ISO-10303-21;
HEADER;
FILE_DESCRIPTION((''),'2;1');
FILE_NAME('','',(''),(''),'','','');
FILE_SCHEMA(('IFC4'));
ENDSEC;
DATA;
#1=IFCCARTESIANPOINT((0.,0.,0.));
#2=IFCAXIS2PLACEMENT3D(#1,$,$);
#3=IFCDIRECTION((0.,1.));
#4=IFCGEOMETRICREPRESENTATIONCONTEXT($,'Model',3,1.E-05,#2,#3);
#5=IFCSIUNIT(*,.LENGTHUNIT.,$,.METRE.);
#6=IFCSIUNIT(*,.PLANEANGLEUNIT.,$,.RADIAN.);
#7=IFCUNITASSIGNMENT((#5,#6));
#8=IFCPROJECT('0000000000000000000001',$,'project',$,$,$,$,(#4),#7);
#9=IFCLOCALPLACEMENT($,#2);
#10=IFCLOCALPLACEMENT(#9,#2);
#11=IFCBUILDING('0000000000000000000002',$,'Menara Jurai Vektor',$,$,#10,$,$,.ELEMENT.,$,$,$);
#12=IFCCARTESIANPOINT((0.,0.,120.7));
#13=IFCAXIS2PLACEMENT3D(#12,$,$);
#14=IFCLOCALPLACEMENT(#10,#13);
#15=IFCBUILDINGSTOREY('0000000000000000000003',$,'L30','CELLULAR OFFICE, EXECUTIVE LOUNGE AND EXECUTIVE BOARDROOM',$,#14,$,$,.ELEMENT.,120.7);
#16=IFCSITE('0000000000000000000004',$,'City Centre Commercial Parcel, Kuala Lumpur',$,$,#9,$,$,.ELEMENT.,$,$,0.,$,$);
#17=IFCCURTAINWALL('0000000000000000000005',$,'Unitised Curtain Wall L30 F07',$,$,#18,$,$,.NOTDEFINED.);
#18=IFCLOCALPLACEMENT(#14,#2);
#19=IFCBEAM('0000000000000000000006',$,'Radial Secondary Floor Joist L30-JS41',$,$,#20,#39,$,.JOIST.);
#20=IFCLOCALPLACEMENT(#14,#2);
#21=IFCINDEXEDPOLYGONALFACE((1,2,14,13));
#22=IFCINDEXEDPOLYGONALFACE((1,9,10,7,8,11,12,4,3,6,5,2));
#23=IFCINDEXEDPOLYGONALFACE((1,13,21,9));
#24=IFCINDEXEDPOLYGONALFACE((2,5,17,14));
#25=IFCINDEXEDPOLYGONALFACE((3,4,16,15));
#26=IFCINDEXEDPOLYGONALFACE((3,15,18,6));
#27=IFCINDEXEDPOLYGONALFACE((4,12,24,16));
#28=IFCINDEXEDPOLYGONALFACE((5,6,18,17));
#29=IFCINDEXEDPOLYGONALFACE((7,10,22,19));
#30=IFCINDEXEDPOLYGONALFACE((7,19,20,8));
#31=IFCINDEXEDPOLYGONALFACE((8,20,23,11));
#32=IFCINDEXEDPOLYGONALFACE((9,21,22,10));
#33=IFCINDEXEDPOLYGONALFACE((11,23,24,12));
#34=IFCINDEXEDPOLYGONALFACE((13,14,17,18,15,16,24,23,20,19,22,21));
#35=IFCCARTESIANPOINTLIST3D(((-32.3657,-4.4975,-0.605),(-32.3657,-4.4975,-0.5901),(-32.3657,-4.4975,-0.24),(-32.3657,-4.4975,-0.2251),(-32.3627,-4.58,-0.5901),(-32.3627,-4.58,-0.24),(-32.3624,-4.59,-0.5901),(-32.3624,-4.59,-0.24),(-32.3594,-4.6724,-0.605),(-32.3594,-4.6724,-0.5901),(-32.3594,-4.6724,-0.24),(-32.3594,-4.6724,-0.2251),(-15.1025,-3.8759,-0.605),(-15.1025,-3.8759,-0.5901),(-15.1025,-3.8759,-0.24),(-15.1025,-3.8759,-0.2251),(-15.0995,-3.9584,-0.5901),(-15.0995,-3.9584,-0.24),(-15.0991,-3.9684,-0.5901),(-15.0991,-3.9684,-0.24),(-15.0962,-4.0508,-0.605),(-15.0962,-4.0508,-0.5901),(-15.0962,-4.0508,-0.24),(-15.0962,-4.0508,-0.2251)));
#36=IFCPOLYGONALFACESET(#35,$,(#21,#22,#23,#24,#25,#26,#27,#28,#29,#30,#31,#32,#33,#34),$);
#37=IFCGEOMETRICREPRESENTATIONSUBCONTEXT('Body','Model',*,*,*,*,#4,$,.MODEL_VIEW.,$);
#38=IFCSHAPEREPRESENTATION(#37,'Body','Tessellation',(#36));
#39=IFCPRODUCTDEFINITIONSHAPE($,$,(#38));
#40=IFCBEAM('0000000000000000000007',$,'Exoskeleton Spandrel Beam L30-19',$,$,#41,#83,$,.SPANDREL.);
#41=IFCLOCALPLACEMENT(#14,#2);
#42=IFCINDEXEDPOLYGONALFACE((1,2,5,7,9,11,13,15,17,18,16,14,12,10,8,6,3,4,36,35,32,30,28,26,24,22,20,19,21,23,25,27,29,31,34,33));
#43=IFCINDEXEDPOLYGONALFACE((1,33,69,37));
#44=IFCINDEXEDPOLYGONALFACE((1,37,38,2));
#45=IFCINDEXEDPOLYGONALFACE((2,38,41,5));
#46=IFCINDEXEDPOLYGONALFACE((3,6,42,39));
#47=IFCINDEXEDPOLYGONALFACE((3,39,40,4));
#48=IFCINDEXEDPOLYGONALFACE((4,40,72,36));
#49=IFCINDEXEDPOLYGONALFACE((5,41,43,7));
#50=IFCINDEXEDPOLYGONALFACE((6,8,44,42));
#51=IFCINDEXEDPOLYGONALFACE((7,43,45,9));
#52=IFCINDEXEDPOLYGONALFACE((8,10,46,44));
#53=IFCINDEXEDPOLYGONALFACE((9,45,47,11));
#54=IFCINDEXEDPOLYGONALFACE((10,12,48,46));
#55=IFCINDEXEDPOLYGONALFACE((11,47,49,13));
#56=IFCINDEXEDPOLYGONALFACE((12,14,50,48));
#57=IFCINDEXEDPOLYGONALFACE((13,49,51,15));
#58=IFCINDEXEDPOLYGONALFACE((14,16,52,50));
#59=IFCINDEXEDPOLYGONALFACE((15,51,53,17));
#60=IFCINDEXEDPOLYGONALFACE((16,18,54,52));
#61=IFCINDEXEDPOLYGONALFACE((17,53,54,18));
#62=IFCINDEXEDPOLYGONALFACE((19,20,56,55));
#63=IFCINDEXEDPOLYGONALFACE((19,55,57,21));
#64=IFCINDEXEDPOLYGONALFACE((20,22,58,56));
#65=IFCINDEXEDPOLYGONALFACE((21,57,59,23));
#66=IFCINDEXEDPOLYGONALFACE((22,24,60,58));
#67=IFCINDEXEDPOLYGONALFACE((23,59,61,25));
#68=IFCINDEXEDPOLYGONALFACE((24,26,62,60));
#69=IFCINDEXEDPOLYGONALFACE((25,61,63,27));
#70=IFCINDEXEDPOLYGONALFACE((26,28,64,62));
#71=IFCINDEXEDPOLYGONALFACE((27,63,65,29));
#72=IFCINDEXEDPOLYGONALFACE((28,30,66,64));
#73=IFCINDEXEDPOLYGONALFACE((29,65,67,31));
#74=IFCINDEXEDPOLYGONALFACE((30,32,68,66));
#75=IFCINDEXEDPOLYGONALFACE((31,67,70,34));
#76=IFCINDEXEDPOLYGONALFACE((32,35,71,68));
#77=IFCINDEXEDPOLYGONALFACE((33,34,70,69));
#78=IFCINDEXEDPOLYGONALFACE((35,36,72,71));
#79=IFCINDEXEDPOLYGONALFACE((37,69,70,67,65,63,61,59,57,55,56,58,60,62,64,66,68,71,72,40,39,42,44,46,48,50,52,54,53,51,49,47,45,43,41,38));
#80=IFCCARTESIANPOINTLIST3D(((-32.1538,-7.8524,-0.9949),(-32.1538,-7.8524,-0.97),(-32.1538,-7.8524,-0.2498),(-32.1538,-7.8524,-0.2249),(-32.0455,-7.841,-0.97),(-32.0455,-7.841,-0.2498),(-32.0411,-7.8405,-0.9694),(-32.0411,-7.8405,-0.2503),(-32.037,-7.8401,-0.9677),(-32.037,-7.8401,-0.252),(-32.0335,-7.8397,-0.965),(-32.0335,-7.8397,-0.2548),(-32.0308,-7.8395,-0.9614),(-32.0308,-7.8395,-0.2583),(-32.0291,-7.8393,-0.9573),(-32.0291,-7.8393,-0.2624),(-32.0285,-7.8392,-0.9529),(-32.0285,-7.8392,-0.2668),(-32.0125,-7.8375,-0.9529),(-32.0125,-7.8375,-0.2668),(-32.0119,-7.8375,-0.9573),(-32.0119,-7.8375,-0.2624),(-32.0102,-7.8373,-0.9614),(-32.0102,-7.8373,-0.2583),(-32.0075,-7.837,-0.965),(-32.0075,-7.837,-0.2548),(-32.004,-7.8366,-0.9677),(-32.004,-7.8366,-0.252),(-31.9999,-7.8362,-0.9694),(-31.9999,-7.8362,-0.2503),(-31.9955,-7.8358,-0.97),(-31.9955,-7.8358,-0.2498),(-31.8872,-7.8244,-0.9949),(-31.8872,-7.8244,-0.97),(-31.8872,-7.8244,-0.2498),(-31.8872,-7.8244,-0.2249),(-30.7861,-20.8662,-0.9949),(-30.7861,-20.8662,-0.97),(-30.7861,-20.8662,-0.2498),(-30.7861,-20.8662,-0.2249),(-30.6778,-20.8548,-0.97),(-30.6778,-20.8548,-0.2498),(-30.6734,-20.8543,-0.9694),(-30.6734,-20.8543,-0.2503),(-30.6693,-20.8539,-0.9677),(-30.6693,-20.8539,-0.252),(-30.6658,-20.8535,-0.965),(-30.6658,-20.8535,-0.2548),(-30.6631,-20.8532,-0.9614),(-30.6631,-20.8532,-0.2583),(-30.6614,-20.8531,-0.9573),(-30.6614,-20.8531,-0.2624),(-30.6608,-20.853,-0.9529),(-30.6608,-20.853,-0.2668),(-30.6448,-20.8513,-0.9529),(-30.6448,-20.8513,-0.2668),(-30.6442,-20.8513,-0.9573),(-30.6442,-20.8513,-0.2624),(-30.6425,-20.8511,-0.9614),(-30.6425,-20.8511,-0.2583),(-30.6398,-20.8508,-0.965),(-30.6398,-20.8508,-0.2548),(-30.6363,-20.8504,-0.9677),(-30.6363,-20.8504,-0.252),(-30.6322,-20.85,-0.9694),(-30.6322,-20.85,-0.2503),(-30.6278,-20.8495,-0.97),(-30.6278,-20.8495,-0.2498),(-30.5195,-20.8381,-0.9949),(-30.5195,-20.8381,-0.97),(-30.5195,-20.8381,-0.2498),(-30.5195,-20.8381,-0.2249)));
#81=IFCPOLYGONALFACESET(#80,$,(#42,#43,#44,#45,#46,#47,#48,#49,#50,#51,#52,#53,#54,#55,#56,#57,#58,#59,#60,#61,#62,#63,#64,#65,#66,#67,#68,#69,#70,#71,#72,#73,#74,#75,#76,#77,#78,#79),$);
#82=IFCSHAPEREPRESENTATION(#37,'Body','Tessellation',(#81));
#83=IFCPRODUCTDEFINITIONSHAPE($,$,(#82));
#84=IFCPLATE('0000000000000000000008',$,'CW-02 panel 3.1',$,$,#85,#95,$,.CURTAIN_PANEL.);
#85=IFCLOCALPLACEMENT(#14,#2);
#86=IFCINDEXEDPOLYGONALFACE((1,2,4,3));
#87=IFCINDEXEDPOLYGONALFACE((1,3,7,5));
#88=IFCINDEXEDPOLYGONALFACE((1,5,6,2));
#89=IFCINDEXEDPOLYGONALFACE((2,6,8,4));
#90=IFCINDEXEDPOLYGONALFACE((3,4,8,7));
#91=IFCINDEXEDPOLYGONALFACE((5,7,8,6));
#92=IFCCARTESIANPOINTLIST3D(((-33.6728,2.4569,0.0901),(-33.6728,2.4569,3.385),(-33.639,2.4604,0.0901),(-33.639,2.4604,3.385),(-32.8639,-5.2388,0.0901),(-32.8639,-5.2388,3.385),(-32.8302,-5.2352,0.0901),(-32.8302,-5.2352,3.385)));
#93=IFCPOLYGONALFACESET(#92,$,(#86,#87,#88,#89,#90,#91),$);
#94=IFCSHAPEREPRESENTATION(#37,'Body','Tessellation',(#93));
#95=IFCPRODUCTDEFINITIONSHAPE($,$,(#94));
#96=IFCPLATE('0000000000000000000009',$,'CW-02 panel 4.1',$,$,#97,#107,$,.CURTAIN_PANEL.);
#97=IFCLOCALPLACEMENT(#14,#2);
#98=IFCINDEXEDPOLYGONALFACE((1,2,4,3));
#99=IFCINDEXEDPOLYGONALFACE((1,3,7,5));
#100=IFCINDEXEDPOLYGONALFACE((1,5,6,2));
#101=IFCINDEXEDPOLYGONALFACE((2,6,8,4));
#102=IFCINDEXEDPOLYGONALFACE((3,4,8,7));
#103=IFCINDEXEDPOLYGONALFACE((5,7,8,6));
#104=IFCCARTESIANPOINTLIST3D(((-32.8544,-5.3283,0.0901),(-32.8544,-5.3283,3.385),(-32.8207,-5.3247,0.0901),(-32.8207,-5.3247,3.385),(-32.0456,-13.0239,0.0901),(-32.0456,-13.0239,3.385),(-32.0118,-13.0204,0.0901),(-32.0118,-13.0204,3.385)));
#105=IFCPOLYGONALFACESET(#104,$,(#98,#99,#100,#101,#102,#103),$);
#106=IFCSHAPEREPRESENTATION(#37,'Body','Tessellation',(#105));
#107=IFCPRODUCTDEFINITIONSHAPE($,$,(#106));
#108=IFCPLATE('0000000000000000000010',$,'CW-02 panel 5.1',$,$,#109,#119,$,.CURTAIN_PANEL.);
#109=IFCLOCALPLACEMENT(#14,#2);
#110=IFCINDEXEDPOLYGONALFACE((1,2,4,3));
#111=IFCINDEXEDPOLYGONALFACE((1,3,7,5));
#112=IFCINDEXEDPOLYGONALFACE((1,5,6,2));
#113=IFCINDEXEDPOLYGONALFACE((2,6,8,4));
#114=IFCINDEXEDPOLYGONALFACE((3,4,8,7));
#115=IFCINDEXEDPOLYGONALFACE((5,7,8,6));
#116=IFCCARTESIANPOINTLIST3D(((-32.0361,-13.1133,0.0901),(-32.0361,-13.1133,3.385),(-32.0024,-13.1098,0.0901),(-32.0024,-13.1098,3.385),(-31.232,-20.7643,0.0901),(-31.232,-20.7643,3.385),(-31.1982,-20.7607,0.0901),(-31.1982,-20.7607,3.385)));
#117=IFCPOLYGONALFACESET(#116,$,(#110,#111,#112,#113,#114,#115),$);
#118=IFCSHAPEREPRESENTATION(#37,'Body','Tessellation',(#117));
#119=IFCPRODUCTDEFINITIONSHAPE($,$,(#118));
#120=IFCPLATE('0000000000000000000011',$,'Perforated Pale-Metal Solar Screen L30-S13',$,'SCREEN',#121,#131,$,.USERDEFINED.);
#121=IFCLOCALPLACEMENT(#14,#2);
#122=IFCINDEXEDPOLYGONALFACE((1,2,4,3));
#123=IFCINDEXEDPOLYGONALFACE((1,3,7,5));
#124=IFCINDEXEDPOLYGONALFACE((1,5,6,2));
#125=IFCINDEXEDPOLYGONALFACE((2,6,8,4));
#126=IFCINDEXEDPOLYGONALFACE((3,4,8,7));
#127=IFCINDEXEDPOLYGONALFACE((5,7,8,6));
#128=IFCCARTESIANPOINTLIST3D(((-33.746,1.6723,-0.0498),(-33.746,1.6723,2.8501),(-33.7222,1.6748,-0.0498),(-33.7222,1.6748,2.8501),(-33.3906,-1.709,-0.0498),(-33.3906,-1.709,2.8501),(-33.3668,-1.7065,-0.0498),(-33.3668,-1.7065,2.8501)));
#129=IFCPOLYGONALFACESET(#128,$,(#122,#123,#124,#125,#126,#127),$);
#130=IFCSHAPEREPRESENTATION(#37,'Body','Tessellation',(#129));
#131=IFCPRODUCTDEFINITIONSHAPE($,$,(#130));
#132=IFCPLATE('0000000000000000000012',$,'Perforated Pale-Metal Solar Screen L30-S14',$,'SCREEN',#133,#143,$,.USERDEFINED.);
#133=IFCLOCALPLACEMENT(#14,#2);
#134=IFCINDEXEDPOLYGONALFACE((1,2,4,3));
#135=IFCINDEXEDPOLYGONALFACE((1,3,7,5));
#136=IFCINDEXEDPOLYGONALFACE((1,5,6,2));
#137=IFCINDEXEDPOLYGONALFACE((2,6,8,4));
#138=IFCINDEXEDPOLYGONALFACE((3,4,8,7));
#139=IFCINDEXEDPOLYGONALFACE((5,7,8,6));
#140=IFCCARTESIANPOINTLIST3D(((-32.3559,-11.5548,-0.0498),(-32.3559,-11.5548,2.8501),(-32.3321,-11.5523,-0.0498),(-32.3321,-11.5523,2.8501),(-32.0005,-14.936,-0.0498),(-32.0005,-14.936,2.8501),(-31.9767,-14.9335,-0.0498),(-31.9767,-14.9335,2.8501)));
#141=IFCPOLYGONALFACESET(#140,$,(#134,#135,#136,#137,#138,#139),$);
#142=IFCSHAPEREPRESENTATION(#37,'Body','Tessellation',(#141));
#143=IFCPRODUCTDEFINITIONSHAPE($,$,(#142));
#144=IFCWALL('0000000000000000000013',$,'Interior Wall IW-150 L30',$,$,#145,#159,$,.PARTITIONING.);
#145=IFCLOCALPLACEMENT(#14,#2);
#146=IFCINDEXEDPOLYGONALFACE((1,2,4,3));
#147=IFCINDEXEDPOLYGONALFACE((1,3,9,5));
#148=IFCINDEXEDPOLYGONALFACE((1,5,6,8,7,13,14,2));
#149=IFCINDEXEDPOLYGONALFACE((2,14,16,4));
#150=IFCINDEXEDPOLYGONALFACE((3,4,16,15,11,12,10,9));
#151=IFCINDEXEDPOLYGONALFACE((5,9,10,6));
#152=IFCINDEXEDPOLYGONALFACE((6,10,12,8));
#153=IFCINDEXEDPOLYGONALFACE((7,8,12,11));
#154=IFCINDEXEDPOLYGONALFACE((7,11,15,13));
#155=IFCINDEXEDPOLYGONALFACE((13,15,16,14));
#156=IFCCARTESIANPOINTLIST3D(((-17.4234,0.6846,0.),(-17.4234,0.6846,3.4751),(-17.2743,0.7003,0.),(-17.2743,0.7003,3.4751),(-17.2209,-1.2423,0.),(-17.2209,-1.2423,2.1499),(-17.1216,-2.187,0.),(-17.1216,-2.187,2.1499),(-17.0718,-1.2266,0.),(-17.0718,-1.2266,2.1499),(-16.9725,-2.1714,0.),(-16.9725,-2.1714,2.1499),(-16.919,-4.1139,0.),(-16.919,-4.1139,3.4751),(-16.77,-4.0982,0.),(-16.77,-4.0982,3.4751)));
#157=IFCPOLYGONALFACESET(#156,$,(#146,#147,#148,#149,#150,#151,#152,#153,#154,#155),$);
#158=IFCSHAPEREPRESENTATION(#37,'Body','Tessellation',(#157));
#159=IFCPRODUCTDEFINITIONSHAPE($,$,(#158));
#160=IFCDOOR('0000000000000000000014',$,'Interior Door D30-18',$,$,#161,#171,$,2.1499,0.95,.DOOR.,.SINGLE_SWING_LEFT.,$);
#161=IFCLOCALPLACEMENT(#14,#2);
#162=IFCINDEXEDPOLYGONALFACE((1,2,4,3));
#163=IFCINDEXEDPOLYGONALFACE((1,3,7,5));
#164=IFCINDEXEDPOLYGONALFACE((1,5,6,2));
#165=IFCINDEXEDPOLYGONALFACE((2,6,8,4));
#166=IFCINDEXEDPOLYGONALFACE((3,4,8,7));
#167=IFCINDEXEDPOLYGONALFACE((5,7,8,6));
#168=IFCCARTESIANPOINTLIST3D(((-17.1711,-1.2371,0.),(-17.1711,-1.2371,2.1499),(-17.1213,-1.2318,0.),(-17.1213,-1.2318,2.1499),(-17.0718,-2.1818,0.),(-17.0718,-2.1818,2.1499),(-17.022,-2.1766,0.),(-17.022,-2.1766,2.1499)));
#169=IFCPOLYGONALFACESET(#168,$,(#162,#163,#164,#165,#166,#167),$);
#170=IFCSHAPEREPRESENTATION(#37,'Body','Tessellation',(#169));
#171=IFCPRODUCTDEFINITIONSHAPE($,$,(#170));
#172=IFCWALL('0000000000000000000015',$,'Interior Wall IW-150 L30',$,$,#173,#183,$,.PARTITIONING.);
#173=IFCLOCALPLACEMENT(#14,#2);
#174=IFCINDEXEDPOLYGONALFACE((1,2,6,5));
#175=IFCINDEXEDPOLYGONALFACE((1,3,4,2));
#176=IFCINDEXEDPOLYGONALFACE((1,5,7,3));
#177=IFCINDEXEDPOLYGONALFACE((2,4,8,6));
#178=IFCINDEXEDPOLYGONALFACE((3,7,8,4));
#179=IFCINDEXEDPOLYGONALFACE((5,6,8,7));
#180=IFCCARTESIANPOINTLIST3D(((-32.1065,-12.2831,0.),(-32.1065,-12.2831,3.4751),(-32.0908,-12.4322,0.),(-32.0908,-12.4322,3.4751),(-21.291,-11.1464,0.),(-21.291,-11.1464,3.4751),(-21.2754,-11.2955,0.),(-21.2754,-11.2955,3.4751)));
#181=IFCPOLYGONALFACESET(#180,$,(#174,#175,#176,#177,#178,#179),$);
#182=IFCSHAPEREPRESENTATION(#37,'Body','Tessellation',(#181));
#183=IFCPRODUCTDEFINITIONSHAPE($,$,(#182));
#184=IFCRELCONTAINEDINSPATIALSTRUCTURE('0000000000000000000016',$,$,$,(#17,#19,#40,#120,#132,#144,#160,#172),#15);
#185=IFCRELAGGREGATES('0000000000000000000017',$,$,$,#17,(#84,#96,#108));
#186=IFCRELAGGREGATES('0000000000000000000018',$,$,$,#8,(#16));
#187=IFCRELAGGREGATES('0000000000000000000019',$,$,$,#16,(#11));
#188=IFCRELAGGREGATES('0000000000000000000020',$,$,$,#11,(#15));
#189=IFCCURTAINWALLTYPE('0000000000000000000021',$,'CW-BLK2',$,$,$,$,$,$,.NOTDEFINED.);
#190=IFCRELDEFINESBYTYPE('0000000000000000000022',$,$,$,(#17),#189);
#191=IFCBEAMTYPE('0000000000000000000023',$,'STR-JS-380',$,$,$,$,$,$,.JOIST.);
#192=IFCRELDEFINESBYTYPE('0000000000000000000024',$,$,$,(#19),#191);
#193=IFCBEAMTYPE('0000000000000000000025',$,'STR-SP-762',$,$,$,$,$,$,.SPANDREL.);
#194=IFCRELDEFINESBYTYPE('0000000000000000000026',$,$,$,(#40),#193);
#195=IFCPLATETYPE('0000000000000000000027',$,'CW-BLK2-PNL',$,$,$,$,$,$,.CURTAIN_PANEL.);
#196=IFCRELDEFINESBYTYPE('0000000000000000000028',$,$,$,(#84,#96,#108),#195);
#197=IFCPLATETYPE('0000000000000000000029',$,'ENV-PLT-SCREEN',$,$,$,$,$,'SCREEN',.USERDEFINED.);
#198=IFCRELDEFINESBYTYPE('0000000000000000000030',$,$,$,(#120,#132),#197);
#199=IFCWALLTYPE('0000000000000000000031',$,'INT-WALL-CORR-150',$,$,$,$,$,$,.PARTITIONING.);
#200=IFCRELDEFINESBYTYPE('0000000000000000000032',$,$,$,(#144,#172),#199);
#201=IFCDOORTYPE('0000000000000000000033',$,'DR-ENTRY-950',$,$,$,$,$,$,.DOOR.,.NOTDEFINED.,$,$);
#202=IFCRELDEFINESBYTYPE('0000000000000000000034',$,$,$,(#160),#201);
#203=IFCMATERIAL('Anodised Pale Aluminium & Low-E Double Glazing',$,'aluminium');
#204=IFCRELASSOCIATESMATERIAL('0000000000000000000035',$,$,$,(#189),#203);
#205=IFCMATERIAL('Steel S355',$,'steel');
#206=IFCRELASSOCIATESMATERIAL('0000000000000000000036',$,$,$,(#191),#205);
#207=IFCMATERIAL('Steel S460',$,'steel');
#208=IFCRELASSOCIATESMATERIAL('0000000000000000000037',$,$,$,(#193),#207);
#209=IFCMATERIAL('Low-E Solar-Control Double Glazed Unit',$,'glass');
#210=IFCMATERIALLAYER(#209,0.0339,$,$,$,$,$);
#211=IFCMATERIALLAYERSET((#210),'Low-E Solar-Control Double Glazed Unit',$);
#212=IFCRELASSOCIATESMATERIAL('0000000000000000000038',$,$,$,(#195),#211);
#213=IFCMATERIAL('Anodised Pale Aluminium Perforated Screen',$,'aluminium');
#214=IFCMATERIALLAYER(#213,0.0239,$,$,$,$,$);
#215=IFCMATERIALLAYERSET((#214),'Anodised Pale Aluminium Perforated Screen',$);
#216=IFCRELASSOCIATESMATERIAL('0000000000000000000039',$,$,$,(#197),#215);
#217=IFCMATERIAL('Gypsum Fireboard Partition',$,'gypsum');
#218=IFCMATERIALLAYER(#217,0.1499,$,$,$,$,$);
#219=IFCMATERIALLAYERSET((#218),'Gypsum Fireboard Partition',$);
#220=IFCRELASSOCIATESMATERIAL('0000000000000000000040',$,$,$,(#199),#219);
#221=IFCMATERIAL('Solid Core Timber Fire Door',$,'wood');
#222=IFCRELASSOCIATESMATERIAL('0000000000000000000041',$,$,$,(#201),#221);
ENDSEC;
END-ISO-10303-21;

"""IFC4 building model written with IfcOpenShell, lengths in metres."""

from ifc_helpers import new_model, si_unit, direction, frame, frame_2d, origin, origin_2d, place, context, subcontext, project, spatial, rectangle, i_section, extrude, material, layer, layer_set, material_profile, profile_set, type_object, element, fill, aggregate, save


model = new_model("IFC4")

# Units and contexts
model_context = context("Model", 3, precision=1e-05, world=origin(), true_north=direction((0.0, 1.0)))
body_context = subcontext(model_context, "Body", "Model", "MODEL_VIEW")
ifc_project = project(units=[si_unit("LENGTHUNIT", "METRE"), si_unit("PLANEANGLEUNIT", "RADIAN")], contexts=[model_context])

# Site, building, storey
site_placement = place(None, origin())
site = spatial("IfcSite", under=ifc_project, at=site_placement, Name="City Centre Commercial Parcel, Kuala Lumpur", CompositionType="ELEMENT", RefElevation=0.0)
building_placement = place(site_placement, origin())
building = spatial("IfcBuilding", under=site, at=building_placement, Name="Menara Jurai Vektor", CompositionType="ELEMENT")
storey_placement = place(building_placement, frame((0.0, 0.0, 120.7)))
storey = spatial("IfcBuildingStorey", under=building, at=storey_placement, Name="L30", Description="CELLULAR OFFICE, EXECUTIVE LOUNGE AND EXECUTIVE BOARDROOM", CompositionType="ELEMENT", Elevation=120.7)

# Shared definitions
ifc_material_1 = material(Name="Steel S460", Category="steel")

# Curtain wall
ifc_material_2 = material(Name="Anodised Pale Aluminium & Low-E Double Glazing", Category="aluminium")
curtain_wall_type = type_object("IfcCurtainWallType", Name="CW-BLK2", PredefinedType="NOTDEFINED", material=ifc_material_2)
curtain_wall_placement = place(storey_placement, origin())
curtain_wall = element("IfcCurtainWall", 1, at=curtain_wall_placement, inside=storey, type_object=curtain_wall_type, Name="Unitised Curtain Wall L30 F07", PredefinedType="NOTDEFINED")

# Beams
ifc_material_3 = material(Name="Steel S355", Category="steel")
ifc_material_profile_1 = material_profile(ifc_material_3, i_section(OverallWidth=0.175, OverallDepth=0.3799, WebThickness=0.01, FlangeThickness=0.0149, at=origin_2d()), Name="PG 380x175x58")
ifc_profile_set_1 = profile_set([ifc_material_profile_1], Name="Steel S355")
beam_type_1 = type_object("IfcBeamType", Name="STR-JS-380", PredefinedType="JOIST", material=ifc_profile_set_1)
beam_1_placement = place(storey_placement, frame((-32.3625, -4.585, -0.415), z_axis=(0.999352, 0.035983, 0.0), x_axis=(-0.035983, 0.999352, 0.0)))
element("IfcBeam", 2, at=beam_1_placement, inside=storey, type_object=beam_type_1, Name="Radial Secondary Floor Joist L30-JS41", PredefinedType="JOIST", context=body_context, shape_type="SweptSolid", body=[
    extrude(i_section(OverallWidth=0.175, OverallDepth=0.3799, WebThickness=0.01, FlangeThickness=0.0149, at=origin_2d()), origin(), (0.0, 0.0, 1.0), 17.2744),
])
ifc_material_profile_2 = material_profile(ifc_material_1, i_section(OverallWidth=0.2681, OverallDepth=0.77, WebThickness=0.0161, FlangeThickness=0.0249, FilletRadius=0.0171, at=origin_2d()), Name="UKB 762x267x197")
ifc_profile_set_2 = profile_set([ifc_material_profile_2], Name="Steel S460")
beam_type_2 = type_object("IfcBeamType", Name="STR-SP-762", PredefinedType="SPANDREL", material=ifc_profile_set_2)
beam_2_placement = place(storey_placement, frame((-32.0205, -7.8384, -0.6099), z_axis=(0.10452, -0.994523, 0.0), x_axis=(0.994523, 0.10452, 0.0)))
element("IfcBeam", 3, at=beam_2_placement, inside=storey, type_object=beam_type_2, Name="Exoskeleton Spandrel Beam L30-19", PredefinedType="SPANDREL", context=body_context, shape_type="SweptSolid", body=[
    extrude(i_section(OverallWidth=0.2681, OverallDepth=0.77, WebThickness=0.0161, FlangeThickness=0.0249, FilletRadius=0.0171, at=origin_2d()), origin(), (0.0, 0.0, 1.0), 13.0854),
])

# Plates
ifc_material_4 = material(Name="Low-E Solar-Control Double Glazed Unit", Category="glass")
ifc_layer_1 = layer(ifc_material_4, 0.0339)
ifc_layer_set_1 = layer_set([ifc_layer_1], Name="Low-E Solar-Control Double Glazed Unit")
plate_type_1 = type_object("IfcPlateType", Name="CW-BLK2-PNL", PredefinedType="CURTAIN_PANEL", material=ifc_layer_set_1)
plate_1_placement = place(storey_placement, frame((-33.2515, -1.3892, 0.0901), z_axis=(0.0, 0.0, 1.0), x_axis=(0.10453, -0.994522, 0.0)))
plate_1 = element("IfcPlate", 4, at=plate_1_placement, type_object=plate_type_1, Name="CW-02 panel 3.1", PredefinedType="CURTAIN_PANEL", context=body_context, shape_type="SweptSolid", body=[
    extrude(rectangle(XDim=7.738, YDim=0.0339, at=origin_2d()), origin(), (0.0, 0.0, 1.0), 3.2949),
])
plate_2_placement = place(storey_placement, frame((-32.4331, -9.1743, 0.0901), z_axis=(0.0, 0.0, 1.0), x_axis=(0.10453, -0.994522, 0.0)))
plate_2 = element("IfcPlate", 5, at=plate_2_placement, type_object=plate_type_1, Name="CW-02 panel 4.1", PredefinedType="CURTAIN_PANEL", context=body_context, shape_type="SweptSolid", body=[
    extrude(rectangle(XDim=7.738, YDim=0.0339, at=origin_2d()), origin(), (0.0, 0.0, 1.0), 3.2949),
])
plate_3_placement = place(storey_placement, frame((-31.6172, -16.937, 0.0901), z_axis=(0.0, 0.0, 1.0), x_axis=(0.10453, -0.994522, 0.0)))
plate_3 = element("IfcPlate", 6, at=plate_3_placement, type_object=plate_type_1, Name="CW-02 panel 5.1", PredefinedType="CURTAIN_PANEL", context=body_context, shape_type="SweptSolid", body=[
    extrude(rectangle(XDim=7.6931, YDim=0.0339, at=origin_2d()), origin(), (0.0, 0.0, 1.0), 3.2949),
])
aggregate(curtain_wall, [plate_1, plate_2, plate_3])

# Plates
ifc_material_5 = material(Name="Anodised Pale Aluminium Perforated Screen", Category="aluminium")
ifc_layer_2 = layer(ifc_material_5, 0.0239)
ifc_layer_set_2 = layer_set([ifc_layer_2], Name="Anodised Pale Aluminium Perforated Screen")
plate_type_2 = type_object("IfcPlateType", Name="ENV-PLT-SCREEN", ElementType="SCREEN", PredefinedType="USERDEFINED", material=ifc_layer_set_2)
for number, where, z_axis, x_axis, name in (
    (7, (-33.5564, -0.0171, -0.0498), (0.0, 0.0, 1.0), (0.104528, -0.994522, 0.0), "Perforated Pale-Metal Solar Screen L30-S13"),
    (8, (-32.1663, -13.2441, -0.0498), (0.0, 0.0, 1.0), (0.104528, -0.994522, 0.0), "Perforated Pale-Metal Solar Screen L30-S14"),
):
    element("IfcPlate", number, at=place(storey_placement, frame(where, z_axis=z_axis, x_axis=x_axis)), inside=storey, type_object=plate_type_2, Name=name, ObjectType="SCREEN", PredefinedType="USERDEFINED", context=body_context, shape_type="SweptSolid", body=[
        extrude(rectangle(XDim=3.3999, YDim=0.0239, at=origin_2d()), origin(), (0.0, 0.0, 1.0), 2.8999),
    ])

# Wall, opening, door
ifc_material_6 = material(Name="Gypsum Fireboard Partition", Category="gypsum")
ifc_layer_3 = layer(ifc_material_6, 0.1499)
ifc_layer_set_3 = layer_set([ifc_layer_3], Name="Gypsum Fireboard Partition")
wall_type_1 = type_object("IfcWallType", Name="INT-WALL-CORR-150", PredefinedType="PARTITIONING", material=ifc_layer_set_3)
ifc_material_7 = material(Name="Solid Core Timber Fire Door", Category="wood")
door_type = type_object("IfcDoorType", Name="DR-ENTRY-950", OperationType="NOTDEFINED", PredefinedType="DOOR", material=ifc_material_7)
wall_1_placement = place(storey_placement, frame((-16.8445, -4.1062, 0.0), z_axis=(0.0, 0.0, 1.0), x_axis=(-0.104537, 0.994521, 0.0)))
wall_1 = element("IfcWall", 9, at=wall_1_placement, inside=storey, type_object=wall_type_1, Name="Interior Wall IW-150 L30", PredefinedType="PARTITIONING", context=body_context, shape_type="SweptSolid", body=[
    extrude(rectangle(XDim=4.825, YDim=0.1499, at=frame_2d((2.4126, 0.0))), origin(), (0.0, 0.0, 1.0), 3.4751),
])
opening_1_placement = place(wall_1_placement, frame((1.9375, 0.0, 0.0)))
opening_1 = element("IfcOpeningElement", 10, at=opening_1_placement, cuts=wall_1, PredefinedType="OPENING", context=body_context, shape_type="SweptSolid", body=[
    extrude(rectangle(XDim=0.95, YDim=2.1499, at=frame_2d((0.4751, 1.075))), frame((0.0, 0.085, 0.0), z_axis=(0.0, -1.0, 0.0), x_axis=(1.0, 0.0, 0.0)), (0.0, 0.0, 1.0), 0.1699),
])
door_1_placement = place(opening_1_placement, origin())
door_1 = element("IfcDoor", 11, at=door_1_placement, inside=storey, type_object=door_type, Name="Interior Door D30-18", OperationType="SINGLE_SWING_LEFT", OverallHeight=2.1499, OverallWidth=0.95, PredefinedType="DOOR", context=body_context, shape_type="SweptSolid", body=[
    extrude(rectangle(XDim=0.95, YDim=2.1499, at=frame_2d((0.4751, 1.075))), frame((0.0, 0.0249, 0.0), z_axis=(0.0, -1.0, 0.0), x_axis=(1.0, 0.0, 0.0)), (0.0, 0.0, 1.0), 0.05),
])
fill(opening_1, door_1)

# Wall
wall_2_placement = place(storey_placement, frame((-32.0986, -12.3577, 0.0), z_axis=(0.0, 0.0, 1.0), x_axis=(0.994522, 0.104526, 0.0)))
element("IfcWall", 12, at=wall_2_placement, inside=storey, type_object=wall_type_1, Name="Interior Wall IW-150 L30", PredefinedType="PARTITIONING", context=body_context, shape_type="SweptSolid", body=[
    extrude(rectangle(XDim=10.875, YDim=0.1499, at=frame_2d((5.4375, 0.0))), origin(), (0.0, 0.0, 1.0), 3.4751),
])

save(model, "model.ifc")
